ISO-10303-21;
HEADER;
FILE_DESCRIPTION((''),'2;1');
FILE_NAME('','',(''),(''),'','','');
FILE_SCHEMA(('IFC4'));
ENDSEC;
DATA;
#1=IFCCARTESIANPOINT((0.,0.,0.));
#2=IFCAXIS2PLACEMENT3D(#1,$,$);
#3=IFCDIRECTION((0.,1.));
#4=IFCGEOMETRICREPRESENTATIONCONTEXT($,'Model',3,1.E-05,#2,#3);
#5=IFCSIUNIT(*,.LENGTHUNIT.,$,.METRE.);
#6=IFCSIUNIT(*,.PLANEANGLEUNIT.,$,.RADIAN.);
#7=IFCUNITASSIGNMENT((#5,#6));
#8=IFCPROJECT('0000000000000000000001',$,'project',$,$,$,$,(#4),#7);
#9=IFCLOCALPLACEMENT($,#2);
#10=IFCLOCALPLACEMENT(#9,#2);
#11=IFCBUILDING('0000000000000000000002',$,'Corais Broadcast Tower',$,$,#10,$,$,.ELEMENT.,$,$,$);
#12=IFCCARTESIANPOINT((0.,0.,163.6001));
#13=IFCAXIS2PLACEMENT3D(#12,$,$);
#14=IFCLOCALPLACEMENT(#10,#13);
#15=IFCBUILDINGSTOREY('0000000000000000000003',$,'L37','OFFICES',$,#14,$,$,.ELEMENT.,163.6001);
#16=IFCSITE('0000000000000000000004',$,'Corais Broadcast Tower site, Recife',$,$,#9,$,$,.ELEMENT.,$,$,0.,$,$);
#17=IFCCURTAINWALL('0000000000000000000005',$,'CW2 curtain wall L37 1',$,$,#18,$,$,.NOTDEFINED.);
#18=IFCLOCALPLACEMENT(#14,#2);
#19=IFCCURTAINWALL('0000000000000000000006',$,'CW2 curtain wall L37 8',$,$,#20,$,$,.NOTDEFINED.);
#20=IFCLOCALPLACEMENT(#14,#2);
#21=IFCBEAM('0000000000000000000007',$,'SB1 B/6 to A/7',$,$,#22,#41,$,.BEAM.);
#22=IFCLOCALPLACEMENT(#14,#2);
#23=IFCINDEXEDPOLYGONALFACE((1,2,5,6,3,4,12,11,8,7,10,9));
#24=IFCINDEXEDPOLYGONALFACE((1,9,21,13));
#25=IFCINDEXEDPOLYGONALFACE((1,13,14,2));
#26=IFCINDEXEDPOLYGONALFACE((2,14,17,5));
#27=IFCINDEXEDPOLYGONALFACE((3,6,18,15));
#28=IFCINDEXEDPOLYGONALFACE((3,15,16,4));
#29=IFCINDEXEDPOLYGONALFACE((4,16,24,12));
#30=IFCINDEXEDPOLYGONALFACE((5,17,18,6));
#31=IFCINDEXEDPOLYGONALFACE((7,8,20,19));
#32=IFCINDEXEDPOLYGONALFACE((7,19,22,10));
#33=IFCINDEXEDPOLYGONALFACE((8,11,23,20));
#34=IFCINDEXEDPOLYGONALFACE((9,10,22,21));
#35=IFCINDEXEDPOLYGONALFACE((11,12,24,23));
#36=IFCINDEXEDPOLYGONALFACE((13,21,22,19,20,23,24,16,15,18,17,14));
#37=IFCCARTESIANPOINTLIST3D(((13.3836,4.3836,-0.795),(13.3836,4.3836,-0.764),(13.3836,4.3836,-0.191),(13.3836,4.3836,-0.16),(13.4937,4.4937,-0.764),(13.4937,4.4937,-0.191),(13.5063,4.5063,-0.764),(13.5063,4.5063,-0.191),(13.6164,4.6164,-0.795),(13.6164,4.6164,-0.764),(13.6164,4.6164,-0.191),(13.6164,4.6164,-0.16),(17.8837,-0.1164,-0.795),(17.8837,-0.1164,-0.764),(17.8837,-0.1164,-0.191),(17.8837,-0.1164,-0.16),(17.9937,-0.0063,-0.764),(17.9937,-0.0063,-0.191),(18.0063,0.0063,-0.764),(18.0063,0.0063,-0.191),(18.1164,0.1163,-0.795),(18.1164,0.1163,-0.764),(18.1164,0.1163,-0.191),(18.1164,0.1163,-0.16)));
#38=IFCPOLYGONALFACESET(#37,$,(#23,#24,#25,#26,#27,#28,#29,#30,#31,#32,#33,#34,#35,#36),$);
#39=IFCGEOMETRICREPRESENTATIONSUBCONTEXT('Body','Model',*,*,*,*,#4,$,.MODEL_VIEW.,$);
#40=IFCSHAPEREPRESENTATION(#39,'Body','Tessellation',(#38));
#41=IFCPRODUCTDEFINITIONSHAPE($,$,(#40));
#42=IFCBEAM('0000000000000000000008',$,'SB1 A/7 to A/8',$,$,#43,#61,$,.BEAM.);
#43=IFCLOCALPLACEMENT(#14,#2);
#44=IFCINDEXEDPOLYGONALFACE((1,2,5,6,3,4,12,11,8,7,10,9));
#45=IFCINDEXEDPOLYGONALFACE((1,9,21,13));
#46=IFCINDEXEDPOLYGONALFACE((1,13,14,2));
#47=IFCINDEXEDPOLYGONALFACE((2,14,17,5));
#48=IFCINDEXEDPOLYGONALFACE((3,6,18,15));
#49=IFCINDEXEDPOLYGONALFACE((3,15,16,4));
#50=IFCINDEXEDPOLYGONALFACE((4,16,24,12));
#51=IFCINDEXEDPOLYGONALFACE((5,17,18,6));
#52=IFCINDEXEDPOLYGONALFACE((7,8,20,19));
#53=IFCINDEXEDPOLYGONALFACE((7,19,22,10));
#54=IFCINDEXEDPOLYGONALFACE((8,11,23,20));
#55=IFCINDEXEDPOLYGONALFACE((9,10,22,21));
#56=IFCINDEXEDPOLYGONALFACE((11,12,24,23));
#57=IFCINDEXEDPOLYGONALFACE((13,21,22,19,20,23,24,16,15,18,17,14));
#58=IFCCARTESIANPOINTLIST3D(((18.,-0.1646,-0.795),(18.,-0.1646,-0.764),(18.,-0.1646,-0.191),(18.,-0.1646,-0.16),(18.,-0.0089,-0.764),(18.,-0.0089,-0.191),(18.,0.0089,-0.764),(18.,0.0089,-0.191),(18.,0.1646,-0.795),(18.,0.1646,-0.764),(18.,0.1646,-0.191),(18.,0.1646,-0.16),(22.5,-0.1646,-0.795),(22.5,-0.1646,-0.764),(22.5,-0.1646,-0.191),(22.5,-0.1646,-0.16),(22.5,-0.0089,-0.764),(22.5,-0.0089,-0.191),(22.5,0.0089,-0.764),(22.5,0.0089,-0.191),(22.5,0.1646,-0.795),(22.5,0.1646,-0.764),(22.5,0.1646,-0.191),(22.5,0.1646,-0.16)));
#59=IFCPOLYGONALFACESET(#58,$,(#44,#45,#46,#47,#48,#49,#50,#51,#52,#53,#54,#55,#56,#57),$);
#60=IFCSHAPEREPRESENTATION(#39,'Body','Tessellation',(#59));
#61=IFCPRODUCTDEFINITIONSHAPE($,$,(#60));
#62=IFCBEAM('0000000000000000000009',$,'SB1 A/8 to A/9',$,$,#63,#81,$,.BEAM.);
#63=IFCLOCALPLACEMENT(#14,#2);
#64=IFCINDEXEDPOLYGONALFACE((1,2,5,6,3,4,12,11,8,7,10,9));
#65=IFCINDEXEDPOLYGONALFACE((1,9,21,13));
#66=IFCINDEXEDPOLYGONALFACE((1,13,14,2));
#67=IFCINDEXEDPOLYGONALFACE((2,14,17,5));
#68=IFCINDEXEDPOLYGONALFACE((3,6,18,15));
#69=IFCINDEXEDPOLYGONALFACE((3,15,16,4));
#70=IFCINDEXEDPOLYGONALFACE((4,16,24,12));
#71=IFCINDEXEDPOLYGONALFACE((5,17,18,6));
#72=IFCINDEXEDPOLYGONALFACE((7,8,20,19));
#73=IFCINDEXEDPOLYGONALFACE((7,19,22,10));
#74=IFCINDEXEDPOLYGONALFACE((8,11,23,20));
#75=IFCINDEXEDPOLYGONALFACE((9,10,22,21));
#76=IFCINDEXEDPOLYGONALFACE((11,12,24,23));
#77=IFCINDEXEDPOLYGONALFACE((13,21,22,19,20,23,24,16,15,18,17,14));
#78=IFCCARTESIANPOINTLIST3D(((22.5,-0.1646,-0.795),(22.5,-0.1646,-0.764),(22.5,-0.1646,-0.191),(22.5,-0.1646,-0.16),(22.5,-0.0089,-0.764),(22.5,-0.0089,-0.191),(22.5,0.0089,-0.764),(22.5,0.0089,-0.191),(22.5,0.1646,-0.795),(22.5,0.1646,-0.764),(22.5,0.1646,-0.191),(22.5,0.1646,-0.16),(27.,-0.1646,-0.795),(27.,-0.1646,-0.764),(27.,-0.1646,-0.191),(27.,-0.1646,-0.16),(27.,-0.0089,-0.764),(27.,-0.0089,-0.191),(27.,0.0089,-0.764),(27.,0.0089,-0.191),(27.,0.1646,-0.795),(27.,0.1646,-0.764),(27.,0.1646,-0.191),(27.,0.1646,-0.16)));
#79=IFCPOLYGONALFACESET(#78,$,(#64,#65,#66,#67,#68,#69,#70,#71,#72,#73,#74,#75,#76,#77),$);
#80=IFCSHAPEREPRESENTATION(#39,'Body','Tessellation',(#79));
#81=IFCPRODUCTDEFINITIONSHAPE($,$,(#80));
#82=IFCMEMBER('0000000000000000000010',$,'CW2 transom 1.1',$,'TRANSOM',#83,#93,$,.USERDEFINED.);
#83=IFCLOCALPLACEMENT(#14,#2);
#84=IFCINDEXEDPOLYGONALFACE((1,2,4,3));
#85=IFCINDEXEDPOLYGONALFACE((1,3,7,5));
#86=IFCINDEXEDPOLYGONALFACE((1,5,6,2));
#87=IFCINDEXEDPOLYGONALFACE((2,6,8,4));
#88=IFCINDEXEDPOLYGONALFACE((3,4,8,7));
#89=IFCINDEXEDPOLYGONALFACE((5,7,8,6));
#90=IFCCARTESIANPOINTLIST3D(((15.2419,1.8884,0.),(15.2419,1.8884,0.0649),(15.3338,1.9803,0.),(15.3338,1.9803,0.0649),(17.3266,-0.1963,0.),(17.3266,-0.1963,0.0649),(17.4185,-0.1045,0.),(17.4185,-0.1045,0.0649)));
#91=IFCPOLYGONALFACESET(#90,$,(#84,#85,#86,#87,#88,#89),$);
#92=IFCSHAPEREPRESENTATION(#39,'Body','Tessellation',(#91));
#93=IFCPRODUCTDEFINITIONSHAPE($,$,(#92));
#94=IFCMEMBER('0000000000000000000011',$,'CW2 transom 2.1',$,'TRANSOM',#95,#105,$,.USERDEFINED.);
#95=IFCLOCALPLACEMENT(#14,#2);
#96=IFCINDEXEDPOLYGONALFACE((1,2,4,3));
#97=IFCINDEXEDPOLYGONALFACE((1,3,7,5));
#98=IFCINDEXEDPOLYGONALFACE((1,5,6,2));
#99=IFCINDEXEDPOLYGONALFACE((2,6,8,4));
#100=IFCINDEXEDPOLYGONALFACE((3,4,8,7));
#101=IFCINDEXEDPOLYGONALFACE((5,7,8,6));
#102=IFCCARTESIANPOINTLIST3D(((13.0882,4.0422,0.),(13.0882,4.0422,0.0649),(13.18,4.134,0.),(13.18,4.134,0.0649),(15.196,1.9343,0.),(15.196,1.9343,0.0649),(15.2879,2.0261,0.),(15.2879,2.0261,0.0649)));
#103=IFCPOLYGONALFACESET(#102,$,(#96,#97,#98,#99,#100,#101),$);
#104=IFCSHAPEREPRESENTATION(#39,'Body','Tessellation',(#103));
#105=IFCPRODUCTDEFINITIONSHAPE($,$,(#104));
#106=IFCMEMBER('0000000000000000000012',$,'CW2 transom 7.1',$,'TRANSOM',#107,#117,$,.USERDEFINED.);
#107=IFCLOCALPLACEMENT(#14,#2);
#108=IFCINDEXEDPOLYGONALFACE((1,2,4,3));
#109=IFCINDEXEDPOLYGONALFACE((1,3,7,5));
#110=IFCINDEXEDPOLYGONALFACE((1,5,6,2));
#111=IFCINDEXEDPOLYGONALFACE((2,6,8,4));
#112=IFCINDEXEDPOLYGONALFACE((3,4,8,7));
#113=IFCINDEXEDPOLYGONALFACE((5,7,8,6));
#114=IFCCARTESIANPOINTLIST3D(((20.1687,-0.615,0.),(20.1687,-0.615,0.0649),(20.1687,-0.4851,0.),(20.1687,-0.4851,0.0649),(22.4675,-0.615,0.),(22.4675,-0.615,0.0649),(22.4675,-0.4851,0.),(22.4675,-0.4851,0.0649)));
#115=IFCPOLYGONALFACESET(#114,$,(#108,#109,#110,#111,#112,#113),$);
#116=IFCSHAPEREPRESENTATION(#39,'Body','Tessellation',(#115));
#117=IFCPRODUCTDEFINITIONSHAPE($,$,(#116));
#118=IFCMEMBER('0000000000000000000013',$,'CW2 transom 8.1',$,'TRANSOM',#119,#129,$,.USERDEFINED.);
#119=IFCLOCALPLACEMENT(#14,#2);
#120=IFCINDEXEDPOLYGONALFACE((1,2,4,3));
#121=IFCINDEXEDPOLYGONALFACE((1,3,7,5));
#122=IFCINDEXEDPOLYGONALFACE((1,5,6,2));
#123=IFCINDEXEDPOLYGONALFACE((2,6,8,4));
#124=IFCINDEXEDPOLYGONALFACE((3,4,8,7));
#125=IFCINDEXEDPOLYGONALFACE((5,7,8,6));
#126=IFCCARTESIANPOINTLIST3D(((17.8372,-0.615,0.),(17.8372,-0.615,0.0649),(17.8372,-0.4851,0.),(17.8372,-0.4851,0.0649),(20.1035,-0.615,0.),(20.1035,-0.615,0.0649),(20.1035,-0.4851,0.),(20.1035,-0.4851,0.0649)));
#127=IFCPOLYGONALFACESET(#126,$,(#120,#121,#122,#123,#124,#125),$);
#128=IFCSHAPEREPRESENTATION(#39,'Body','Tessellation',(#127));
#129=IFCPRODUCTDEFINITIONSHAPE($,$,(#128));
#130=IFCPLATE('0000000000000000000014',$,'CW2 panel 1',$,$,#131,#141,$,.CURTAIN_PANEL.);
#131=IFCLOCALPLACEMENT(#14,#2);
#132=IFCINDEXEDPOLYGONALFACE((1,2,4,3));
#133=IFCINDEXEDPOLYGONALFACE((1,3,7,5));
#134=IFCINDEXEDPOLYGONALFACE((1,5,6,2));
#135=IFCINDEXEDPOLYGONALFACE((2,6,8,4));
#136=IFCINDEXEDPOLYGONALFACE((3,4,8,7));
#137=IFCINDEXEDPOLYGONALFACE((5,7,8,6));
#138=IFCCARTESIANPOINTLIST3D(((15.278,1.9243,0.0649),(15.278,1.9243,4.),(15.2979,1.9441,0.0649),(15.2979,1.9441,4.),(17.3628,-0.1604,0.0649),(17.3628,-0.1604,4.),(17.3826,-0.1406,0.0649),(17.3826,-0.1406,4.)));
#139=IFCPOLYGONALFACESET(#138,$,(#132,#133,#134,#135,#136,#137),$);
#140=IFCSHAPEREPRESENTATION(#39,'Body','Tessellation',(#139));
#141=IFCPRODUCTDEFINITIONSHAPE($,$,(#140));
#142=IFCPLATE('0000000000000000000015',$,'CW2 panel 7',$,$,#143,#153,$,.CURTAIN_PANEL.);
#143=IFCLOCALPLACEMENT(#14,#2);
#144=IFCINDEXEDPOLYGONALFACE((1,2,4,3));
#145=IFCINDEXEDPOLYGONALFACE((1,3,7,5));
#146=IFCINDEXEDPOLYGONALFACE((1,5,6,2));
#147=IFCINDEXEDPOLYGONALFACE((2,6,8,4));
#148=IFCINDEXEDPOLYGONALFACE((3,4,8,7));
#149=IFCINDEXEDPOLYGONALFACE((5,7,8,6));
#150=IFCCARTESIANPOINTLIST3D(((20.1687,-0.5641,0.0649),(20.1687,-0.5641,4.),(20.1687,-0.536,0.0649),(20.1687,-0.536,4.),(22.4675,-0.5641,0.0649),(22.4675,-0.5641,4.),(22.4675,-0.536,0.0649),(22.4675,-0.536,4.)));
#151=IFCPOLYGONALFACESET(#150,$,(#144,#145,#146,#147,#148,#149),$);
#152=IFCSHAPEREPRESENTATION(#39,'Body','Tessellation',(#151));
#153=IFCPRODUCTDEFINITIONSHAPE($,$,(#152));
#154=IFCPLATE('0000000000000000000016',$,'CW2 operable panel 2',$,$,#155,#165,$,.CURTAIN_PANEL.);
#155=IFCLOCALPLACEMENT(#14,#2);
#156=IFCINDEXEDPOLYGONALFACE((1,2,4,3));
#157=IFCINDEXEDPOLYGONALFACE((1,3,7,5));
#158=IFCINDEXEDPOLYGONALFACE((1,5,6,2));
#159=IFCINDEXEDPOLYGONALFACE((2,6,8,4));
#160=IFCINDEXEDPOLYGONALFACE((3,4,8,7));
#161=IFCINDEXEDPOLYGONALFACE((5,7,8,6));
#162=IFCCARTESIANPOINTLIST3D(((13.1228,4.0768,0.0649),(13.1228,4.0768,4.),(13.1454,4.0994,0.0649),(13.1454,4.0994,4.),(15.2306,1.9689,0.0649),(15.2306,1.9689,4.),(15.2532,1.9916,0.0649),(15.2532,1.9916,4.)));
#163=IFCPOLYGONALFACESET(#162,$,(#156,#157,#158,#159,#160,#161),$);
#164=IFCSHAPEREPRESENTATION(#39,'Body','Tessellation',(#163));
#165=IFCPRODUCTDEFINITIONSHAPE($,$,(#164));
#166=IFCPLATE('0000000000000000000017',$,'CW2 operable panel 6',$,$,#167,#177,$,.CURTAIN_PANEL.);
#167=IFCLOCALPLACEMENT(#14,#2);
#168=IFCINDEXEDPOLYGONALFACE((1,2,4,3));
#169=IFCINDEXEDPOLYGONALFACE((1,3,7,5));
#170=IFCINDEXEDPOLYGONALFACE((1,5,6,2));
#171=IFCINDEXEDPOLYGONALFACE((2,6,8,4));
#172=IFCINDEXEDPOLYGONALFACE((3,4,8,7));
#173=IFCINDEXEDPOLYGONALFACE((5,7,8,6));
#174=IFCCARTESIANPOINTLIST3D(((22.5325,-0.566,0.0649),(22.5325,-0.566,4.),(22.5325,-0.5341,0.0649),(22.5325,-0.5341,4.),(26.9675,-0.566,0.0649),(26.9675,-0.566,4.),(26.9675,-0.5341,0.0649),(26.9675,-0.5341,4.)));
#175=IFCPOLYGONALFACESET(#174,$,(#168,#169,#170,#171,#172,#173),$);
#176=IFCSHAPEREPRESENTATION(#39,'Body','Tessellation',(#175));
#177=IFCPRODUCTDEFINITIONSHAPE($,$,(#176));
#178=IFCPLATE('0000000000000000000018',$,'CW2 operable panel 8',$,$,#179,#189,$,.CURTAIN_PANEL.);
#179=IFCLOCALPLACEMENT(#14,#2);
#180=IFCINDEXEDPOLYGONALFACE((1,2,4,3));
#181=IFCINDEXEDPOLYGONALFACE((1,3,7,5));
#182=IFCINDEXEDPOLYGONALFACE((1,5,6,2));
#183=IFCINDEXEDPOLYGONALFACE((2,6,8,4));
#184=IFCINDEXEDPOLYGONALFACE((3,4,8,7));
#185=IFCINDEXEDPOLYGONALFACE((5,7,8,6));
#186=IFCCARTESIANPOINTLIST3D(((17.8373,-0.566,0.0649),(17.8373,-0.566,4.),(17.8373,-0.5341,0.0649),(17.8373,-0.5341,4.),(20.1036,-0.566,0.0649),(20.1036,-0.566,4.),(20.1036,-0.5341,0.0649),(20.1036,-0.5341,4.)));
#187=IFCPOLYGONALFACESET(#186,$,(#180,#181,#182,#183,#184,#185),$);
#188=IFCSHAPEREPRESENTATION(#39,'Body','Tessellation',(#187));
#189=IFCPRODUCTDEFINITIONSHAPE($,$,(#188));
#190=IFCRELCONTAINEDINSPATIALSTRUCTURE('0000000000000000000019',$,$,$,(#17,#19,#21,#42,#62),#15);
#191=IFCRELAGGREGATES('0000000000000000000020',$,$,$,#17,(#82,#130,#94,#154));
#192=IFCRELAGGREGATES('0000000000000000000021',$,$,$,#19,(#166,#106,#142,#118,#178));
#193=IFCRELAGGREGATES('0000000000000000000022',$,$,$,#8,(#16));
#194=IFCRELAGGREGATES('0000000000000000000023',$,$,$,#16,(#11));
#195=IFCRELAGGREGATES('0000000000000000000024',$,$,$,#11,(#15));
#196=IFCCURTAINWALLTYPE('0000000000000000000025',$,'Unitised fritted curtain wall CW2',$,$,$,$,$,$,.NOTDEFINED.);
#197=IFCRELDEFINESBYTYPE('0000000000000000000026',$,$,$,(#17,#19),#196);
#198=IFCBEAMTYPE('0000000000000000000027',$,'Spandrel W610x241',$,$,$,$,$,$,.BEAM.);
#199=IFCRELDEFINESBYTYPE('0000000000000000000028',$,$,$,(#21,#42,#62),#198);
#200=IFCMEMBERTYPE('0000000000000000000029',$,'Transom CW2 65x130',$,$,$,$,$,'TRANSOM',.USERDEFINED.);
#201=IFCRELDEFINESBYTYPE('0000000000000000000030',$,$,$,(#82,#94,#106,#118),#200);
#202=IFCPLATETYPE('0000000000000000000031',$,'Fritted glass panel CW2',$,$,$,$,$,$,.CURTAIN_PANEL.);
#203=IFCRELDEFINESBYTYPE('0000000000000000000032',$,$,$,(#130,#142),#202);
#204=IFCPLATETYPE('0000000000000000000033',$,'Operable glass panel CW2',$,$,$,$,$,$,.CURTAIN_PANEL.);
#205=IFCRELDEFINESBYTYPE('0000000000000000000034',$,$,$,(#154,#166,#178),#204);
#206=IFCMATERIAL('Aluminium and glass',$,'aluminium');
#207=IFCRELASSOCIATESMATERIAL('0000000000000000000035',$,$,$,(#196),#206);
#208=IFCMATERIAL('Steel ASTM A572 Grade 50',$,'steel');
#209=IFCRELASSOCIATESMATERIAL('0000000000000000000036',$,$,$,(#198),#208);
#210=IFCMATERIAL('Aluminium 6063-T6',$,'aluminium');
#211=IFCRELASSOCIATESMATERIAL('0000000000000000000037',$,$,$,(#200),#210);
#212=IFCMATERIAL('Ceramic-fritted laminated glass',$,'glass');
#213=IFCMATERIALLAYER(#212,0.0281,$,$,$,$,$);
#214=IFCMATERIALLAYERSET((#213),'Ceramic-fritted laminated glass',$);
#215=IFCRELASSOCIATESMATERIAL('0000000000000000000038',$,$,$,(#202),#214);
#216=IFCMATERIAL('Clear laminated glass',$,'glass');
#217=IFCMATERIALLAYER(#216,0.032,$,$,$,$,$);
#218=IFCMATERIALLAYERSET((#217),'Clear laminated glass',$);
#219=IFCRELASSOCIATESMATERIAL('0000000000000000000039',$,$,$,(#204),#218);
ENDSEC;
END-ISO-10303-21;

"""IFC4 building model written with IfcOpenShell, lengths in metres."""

from ifc_helpers import new_model, si_unit, direction, frame, origin, origin_2d, place, context, subcontext, project, spatial, rectangle, i_section, extrude, material, layer, layer_set, material_profile, profile_set, type_object, element, aggregate, save


model = new_model("IFC4")

# Units and contexts
model_context = context("Model", 3, precision=1e-05, world=origin(), true_north=direction((0.0, 1.0)))
body_context = subcontext(model_context, "Body", "Model", "MODEL_VIEW")
ifc_project = project(units=[si_unit("LENGTHUNIT", "METRE"), si_unit("PLANEANGLEUNIT", "RADIAN")], contexts=[model_context])

# Site, building, storey
site_placement = place(None, origin())
site = spatial("IfcSite", under=ifc_project, at=site_placement, Name="Corais Broadcast Tower site, Recife", CompositionType="ELEMENT", RefElevation=0.0)
building_placement = place(site_placement, origin())
building = spatial("IfcBuilding", under=site, at=building_placement, Name="Corais Broadcast Tower", CompositionType="ELEMENT")
storey_placement = place(building_placement, frame((0.0, 0.0, 163.6001)))
storey = spatial("IfcBuildingStorey", under=building, at=storey_placement, Name="L37", Description="OFFICES", CompositionType="ELEMENT", Elevation=163.6001)

# Curtain walls
ifc_material_1 = material(Name="Aluminium and glass", Category="aluminium")
curtain_wall_type = type_object("IfcCurtainWallType", Name="Unitised fritted curtain wall CW2", PredefinedType="NOTDEFINED", material=ifc_material_1)
curtain_wall_1_placement = place(storey_placement, origin())
curtain_wall_1 = element("IfcCurtainWall", 1, at=curtain_wall_1_placement, inside=storey, type_object=curtain_wall_type, Name="CW2 curtain wall L37 1", PredefinedType="NOTDEFINED")
curtain_wall_2_placement = place(storey_placement, origin())
curtain_wall_2 = element("IfcCurtainWall", 2, at=curtain_wall_2_placement, inside=storey, type_object=curtain_wall_type, Name="CW2 curtain wall L37 8", PredefinedType="NOTDEFINED")

# Beams
ifc_material_2 = material(Name="Steel ASTM A572 Grade 50", Category="steel")
ifc_material_profile_1 = material_profile(ifc_material_2, i_section(OverallWidth=0.3291, OverallDepth=0.635, WebThickness=0.0178, FlangeThickness=0.031, at=origin_2d()), Name="W610x241")
ifc_profile_set_1 = profile_set([ifc_material_profile_1], Name="Steel ASTM A572 Grade 50")
beam_type_1 = type_object("IfcBeamType", Name="Spandrel W610x241", PredefinedType="BEAM", material=ifc_profile_set_1)
beam_1_placement = place(storey_placement, frame((13.5, 4.5, -0.4775), z_axis=(0.707107, -0.707107, 0.0), x_axis=(0.707107, 0.707107, 0.0)))
element("IfcBeam", 3, at=beam_1_placement, inside=storey, type_object=beam_type_1, Name="SB1 B/6 to A/7", PredefinedType="BEAM", context=body_context, shape_type="SweptSolid", body=[
    extrude(i_section(OverallWidth=0.3291, OverallDepth=0.635, WebThickness=0.0178, FlangeThickness=0.031, at=origin_2d()), origin(), (0.0, 0.0, 1.0), 6.364),
])
for number, where, z_axis, x_axis, name in (
    (4, (18.0, 0.0, -0.4775), (1.0, 0.0, 0.0), (0.0, 1.0, 0.0), "SB1 A/7 to A/8"),
    (5, (22.5, 0.0, -0.4775), (1.0, 0.0, 0.0), (0.0, 1.0, 0.0), "SB1 A/8 to A/9"),
):
    element("IfcBeam", number, at=place(storey_placement, frame(where, z_axis=z_axis, x_axis=x_axis)), inside=storey, type_object=beam_type_1, Name=name, PredefinedType="BEAM", context=body_context, shape_type="SweptSolid", body=[
        extrude(i_section(OverallWidth=0.3291, OverallDepth=0.635, WebThickness=0.0178, FlangeThickness=0.031, at=origin_2d()), origin(), (0.0, 0.0, 1.0), 4.5),
    ])

# Members
ifc_material_3 = material(Name="Aluminium 6063-T6", Category="aluminium")
ifc_material_profile_2 = material_profile(ifc_material_3, rectangle(XDim=0.1299, YDim=0.0649, at=origin_2d()), Name="Transom CW2 65x130")
ifc_profile_set_2 = profile_set([ifc_material_profile_2], Name="Aluminium 6063-T6")
member_type_1 = type_object("IfcMemberType", Name="Transom CW2 65x130", ElementType="TRANSOM", PredefinedType="USERDEFINED", material=ifc_profile_set_2)
member_1_placement = place(storey_placement, frame((17.3726, -0.1504, 0.0325), z_axis=(-0.707107, 0.707107, 0.0), x_axis=(-0.707107, -0.707107, 0.0)))
member_1 = element("IfcMember", 6, at=member_1_placement, type_object=member_type_1, Name="CW2 transom 1.1", ObjectType="TRANSOM", PredefinedType="USERDEFINED", context=body_context, shape_type="SweptSolid", body=[
    extrude(rectangle(XDim=0.1299, YDim=0.0649, at=origin_2d()), origin(), (0.0, 0.0, 1.0), 2.9482),
])
member_2_placement = place(storey_placement, frame((15.2419, 1.9802, 0.0325), z_axis=(-0.707107, 0.707107, 0.0), x_axis=(-0.707107, -0.707107, 0.0)))
member_2 = element("IfcMember", 7, at=member_2_placement, type_object=member_type_1, Name="CW2 transom 2.1", ObjectType="TRANSOM", PredefinedType="USERDEFINED", context=body_context, shape_type="SweptSolid", body=[
    extrude(rectangle(XDim=0.1299, YDim=0.0649, at=origin_2d()), origin(), (0.0, 0.0, 1.0), 2.981),
])
member_3_placement = place(storey_placement, frame((22.4675, -0.55, 0.0325), z_axis=(-1.0, 0.0, 0.0), x_axis=(0.0, -1.0, 0.0)))
member_3 = element("IfcMember", 8, at=member_3_placement, type_object=member_type_1, Name="CW2 transom 7.1", ObjectType="TRANSOM", PredefinedType="USERDEFINED", context=body_context, shape_type="SweptSolid", body=[
    extrude(rectangle(XDim=0.1299, YDim=0.0649, at=origin_2d()), origin(), (0.0, 0.0, 1.0), 2.2988),
])
member_4_placement = place(storey_placement, frame((20.1035, -0.55, 0.0325), z_axis=(-1.0, 0.0, 0.0), x_axis=(0.0, -1.0, 0.0)))
member_4 = element("IfcMember", 9, at=member_4_placement, type_object=member_type_1, Name="CW2 transom 8.1", ObjectType="TRANSOM", PredefinedType="USERDEFINED", context=body_context, shape_type="SweptSolid", body=[
    extrude(rectangle(XDim=0.1299, YDim=0.0649, at=origin_2d()), origin(), (0.0, 0.0, 1.0), 2.2664),
])

# Plates
ifc_material_4 = material(Name="Ceramic-fritted laminated glass", Category="glass")
ifc_layer_1 = layer(ifc_material_4, 0.0281)
ifc_layer_set_1 = layer_set([ifc_layer_1], Name="Ceramic-fritted laminated glass")
plate_type_1 = type_object("IfcPlateType", Name="Fritted glass panel CW2", PredefinedType="CURTAIN_PANEL", material=ifc_layer_set_1)
plate_1_placement = place(storey_placement, frame((16.3303, 0.8918, 0.0649), z_axis=(0.0, 0.0, 1.0), x_axis=(-0.707107, 0.707107, 0.0)))
plate_1 = element("IfcPlate", 10, at=plate_1_placement, type_object=plate_type_1, Name="CW2 panel 1", PredefinedType="CURTAIN_PANEL", context=body_context, shape_type="SweptSolid", body=[
    extrude(rectangle(XDim=2.9482, YDim=0.0281, at=origin_2d()), origin(), (0.0, 0.0, 1.0), 3.9351),
])
plate_2_placement = place(storey_placement, frame((21.3181, -0.55, 0.0649), z_axis=(0.0, 0.0, 1.0), x_axis=(-1.0, 0.0, 0.0)))
plate_2 = element("IfcPlate", 11, at=plate_2_placement, type_object=plate_type_1, Name="CW2 panel 7", PredefinedType="CURTAIN_PANEL", context=body_context, shape_type="SweptSolid", body=[
    extrude(rectangle(XDim=2.2988, YDim=0.0281, at=origin_2d()), origin(), (0.0, 0.0, 1.0), 3.9351),
])
ifc_material_5 = material(Name="Clear laminated glass", Category="glass")
ifc_layer_2 = layer(ifc_material_5, 0.032)
ifc_layer_set_2 = layer_set([ifc_layer_2], Name="Clear laminated glass")
plate_type_2 = type_object("IfcPlateType", Name="Operable glass panel CW2", PredefinedType="CURTAIN_PANEL", material=ifc_layer_set_2)
plate_3_placement = place(storey_placement, frame((14.188, 3.0342, 0.0649), z_axis=(0.0, 0.0, 1.0), x_axis=(-0.707107, 0.707107, 0.0)))
plate_3 = element("IfcPlate", 12, at=plate_3_placement, type_object=plate_type_2, Name="CW2 operable panel 2", PredefinedType="CURTAIN_PANEL", context=body_context, shape_type="SweptSolid", body=[
    extrude(rectangle(XDim=2.981, YDim=0.032, at=origin_2d()), origin(), (0.0, 0.0, 1.0), 3.9351),
])
aggregate(curtain_wall_1, [member_1, plate_1, member_2, plate_3])
plate_4_placement = place(storey_placement, frame((24.75, -0.55, 0.0649), z_axis=(0.0, 0.0, 1.0), x_axis=(-1.0, 0.0, 0.0)))
plate_4 = element("IfcPlate", 13, at=plate_4_placement, type_object=plate_type_2, Name="CW2 operable panel 6", PredefinedType="CURTAIN_PANEL", context=body_context, shape_type="SweptSolid", body=[
    extrude(rectangle(XDim=4.4351, YDim=0.032, at=origin_2d()), origin(), (0.0, 0.0, 1.0), 3.9351),
])
plate_5_placement = place(storey_placement, frame((18.9705, -0.55, 0.0649), z_axis=(0.0, 0.0, 1.0), x_axis=(-1.0, 0.0, 0.0)))
plate_5 = element("IfcPlate", 14, at=plate_5_placement, type_object=plate_type_2, Name="CW2 operable panel 8", PredefinedType="CURTAIN_PANEL", context=body_context, shape_type="SweptSolid", body=[
    extrude(rectangle(XDim=2.2664, YDim=0.032, at=origin_2d()), origin(), (0.0, 0.0, 1.0), 3.9351),
])
aggregate(curtain_wall_2, [plate_4, member_3, plate_2, member_4, plate_5])

save(model, "model.ifc")
